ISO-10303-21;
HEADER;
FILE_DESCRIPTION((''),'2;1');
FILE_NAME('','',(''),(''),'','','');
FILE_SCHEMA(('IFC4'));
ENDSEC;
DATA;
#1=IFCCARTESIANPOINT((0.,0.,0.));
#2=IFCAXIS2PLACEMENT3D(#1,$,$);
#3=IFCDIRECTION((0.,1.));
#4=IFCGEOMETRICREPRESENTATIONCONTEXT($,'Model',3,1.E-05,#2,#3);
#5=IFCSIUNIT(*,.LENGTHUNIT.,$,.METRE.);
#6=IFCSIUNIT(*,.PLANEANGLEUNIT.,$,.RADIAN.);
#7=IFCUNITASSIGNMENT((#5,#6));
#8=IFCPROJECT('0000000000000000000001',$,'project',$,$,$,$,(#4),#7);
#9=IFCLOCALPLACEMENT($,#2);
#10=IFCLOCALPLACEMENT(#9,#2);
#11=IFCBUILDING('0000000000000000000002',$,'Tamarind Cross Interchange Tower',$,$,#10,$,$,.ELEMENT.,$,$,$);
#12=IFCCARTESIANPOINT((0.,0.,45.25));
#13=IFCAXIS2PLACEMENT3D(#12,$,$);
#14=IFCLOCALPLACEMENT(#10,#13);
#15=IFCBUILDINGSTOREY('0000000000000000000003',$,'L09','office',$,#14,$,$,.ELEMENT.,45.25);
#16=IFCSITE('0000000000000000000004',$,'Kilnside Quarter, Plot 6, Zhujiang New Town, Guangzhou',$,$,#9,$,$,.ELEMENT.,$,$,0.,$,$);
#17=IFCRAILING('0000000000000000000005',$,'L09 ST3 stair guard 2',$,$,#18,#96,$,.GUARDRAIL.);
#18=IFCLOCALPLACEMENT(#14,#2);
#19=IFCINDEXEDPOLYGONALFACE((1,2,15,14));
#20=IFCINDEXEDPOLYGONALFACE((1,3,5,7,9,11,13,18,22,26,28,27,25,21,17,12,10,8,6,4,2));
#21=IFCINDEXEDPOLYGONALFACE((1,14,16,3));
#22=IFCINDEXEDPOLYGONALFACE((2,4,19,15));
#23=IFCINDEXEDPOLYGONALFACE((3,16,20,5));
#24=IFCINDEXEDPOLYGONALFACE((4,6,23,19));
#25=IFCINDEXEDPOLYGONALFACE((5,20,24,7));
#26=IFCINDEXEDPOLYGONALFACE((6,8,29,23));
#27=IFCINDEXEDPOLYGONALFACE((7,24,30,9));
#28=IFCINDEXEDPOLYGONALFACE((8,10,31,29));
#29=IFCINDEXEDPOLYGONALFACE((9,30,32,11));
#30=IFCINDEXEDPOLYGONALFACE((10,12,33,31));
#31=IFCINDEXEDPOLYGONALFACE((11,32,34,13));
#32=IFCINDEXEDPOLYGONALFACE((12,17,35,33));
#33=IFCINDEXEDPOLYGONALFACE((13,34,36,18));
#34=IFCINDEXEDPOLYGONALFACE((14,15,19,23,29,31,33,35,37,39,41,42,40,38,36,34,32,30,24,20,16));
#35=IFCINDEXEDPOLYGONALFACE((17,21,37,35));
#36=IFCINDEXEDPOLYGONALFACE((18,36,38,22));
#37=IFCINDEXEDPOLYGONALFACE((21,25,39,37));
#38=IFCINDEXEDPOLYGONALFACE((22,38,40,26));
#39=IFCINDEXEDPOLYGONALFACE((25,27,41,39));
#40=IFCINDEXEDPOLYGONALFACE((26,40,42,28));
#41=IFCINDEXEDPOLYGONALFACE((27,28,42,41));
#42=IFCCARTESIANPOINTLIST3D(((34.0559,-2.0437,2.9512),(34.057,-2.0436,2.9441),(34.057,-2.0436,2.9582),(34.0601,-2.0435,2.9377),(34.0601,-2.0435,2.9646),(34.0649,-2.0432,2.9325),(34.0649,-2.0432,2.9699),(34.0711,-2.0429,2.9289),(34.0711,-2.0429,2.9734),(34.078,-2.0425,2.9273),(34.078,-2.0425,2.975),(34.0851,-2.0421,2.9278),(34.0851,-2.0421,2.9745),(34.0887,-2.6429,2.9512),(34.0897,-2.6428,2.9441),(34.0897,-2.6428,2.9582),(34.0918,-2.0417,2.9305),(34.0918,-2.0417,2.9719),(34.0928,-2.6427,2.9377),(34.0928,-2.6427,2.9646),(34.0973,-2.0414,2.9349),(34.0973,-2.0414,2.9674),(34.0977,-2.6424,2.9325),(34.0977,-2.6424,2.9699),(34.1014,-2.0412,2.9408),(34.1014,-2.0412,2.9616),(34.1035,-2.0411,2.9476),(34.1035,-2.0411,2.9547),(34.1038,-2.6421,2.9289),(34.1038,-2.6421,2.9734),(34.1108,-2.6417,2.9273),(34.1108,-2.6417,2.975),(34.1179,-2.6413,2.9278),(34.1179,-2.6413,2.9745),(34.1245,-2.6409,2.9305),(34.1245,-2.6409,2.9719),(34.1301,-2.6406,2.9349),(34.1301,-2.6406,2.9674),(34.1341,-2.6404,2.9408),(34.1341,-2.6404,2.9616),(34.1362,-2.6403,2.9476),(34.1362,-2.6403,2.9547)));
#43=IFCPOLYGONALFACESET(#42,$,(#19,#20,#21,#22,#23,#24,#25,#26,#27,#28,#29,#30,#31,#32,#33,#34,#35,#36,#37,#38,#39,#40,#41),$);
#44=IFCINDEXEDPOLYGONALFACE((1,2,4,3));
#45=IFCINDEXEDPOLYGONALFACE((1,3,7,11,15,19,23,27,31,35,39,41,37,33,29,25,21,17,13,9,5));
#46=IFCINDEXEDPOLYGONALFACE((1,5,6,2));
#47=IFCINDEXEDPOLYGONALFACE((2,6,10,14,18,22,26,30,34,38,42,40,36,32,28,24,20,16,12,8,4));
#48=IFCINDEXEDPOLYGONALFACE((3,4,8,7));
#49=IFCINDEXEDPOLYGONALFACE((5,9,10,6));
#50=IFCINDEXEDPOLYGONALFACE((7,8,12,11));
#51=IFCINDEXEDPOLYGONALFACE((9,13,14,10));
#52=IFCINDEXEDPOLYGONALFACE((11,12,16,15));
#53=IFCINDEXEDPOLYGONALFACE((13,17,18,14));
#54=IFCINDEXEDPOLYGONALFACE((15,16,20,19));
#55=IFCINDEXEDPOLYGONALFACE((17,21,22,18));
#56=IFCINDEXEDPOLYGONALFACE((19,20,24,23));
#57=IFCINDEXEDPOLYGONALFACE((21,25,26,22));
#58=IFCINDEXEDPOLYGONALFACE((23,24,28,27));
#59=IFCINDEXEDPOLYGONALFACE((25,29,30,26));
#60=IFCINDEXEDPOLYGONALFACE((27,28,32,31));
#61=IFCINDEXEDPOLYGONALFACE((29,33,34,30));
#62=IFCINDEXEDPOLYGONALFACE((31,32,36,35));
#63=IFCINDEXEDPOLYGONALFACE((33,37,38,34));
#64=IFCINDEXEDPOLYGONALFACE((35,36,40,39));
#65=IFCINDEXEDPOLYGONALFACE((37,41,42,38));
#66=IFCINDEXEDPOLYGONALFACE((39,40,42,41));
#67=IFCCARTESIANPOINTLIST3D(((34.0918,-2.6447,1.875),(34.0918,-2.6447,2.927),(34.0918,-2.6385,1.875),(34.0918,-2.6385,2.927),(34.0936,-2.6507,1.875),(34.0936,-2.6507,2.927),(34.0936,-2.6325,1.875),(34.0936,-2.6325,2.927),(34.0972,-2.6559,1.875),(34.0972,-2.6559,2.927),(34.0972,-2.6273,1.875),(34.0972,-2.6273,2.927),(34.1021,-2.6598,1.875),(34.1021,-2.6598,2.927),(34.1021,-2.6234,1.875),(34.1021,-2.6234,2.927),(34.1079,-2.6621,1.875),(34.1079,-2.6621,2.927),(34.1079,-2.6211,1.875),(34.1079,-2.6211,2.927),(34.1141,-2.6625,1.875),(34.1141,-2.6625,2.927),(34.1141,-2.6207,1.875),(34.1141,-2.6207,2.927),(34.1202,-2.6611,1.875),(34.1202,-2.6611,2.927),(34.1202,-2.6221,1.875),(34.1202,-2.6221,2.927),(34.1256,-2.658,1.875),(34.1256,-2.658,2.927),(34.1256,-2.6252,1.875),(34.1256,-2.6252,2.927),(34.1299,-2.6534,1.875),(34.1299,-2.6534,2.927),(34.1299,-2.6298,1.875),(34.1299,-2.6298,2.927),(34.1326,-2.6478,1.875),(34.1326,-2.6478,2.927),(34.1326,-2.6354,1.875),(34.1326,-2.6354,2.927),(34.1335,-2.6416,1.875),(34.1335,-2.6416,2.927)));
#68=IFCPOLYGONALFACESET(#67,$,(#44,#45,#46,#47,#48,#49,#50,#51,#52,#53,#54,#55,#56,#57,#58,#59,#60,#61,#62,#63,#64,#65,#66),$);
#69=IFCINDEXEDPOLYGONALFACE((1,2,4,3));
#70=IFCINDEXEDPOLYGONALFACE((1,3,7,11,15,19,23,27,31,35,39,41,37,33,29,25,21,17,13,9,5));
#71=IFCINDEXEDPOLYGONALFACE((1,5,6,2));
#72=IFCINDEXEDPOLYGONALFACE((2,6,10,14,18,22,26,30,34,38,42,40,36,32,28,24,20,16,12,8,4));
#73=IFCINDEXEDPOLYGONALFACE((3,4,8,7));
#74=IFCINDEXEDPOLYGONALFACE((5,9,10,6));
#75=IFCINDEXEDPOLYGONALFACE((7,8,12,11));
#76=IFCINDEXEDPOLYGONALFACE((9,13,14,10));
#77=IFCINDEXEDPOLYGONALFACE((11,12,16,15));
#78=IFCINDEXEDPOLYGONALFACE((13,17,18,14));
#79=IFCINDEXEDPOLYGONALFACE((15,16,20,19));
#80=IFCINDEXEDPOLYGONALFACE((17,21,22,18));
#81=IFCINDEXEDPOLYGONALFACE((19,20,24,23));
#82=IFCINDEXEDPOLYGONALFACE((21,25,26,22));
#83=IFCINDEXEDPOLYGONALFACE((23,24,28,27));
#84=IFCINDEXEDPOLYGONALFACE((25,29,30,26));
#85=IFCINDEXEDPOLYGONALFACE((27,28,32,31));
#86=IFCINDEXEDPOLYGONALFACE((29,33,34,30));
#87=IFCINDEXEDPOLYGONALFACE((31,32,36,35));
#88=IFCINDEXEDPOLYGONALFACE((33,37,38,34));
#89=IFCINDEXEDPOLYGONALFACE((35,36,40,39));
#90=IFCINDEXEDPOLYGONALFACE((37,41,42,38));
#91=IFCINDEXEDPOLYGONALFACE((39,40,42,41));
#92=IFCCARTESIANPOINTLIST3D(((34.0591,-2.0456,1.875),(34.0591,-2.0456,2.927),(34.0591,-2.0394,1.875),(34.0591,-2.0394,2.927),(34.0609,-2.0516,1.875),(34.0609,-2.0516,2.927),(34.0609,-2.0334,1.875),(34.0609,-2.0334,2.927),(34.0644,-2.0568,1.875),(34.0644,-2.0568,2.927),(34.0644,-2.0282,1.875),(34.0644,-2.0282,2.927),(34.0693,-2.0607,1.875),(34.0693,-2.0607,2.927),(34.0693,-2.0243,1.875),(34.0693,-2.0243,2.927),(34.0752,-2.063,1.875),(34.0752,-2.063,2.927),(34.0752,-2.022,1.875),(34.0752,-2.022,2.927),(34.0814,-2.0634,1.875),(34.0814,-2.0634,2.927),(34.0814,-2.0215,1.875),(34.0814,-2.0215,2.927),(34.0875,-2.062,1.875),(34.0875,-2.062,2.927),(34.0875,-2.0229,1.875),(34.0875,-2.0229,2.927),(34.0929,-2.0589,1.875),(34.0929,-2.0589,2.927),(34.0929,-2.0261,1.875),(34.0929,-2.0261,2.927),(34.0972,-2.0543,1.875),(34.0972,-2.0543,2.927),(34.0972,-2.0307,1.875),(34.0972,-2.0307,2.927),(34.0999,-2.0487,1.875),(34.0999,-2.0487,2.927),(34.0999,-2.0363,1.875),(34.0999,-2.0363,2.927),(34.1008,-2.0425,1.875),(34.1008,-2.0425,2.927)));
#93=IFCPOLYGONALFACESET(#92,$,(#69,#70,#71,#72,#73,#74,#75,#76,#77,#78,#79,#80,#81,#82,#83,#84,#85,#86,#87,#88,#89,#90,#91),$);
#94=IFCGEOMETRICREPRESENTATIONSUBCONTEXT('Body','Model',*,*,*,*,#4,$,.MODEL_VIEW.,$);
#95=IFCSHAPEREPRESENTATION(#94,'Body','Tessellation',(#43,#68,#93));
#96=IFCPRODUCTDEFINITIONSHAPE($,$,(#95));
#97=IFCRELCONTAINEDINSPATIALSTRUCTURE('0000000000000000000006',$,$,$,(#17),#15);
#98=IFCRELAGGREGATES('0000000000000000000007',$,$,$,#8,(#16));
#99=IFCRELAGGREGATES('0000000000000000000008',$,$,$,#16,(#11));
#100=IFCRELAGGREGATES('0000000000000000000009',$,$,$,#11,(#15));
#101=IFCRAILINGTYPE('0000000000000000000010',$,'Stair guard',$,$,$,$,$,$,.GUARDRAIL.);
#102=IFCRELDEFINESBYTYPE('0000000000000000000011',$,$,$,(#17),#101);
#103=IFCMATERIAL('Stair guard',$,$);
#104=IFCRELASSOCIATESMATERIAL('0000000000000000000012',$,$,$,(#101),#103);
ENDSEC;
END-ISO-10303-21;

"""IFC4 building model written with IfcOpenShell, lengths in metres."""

from ifc_helpers import new_model, si_unit, direction, frame, origin, origin_2d, place, context, subcontext, project, spatial, circle, extrude, material, type_object, element, save


model = new_model("IFC4")

# Units and contexts
model_context = context("Model", 3, precision=1e-05, world=origin(), true_north=direction((0.0, 1.0)))
body_context = subcontext(model_context, "Body", "Model", "MODEL_VIEW")
ifc_project = project(units=[si_unit("LENGTHUNIT", "METRE"), si_unit("PLANEANGLEUNIT", "RADIAN")], contexts=[model_context])

# Site, building, storey
site_placement = place(None, origin())
site = spatial("IfcSite", under=ifc_project, at=site_placement, Name="Kilnside Quarter, Plot 6, Zhujiang New Town, Guangzhou", CompositionType="ELEMENT", RefElevation=0.0)
building_placement = place(site_placement, origin())
building = spatial("IfcBuilding", under=site, at=building_placement, Name="Tamarind Cross Interchange Tower", CompositionType="ELEMENT")
storey_placement = place(building_placement, frame((0.0, 0.0, 45.25)))
storey = spatial("IfcBuildingStorey", under=building, at=storey_placement, Name="L09", Description="office", CompositionType="ELEMENT", Elevation=45.25)

# Railing
ifc_material_1 = material(Name="Stair guard")
railing_type_1 = type_object("IfcRailingType", Name="Stair guard", PredefinedType="GUARDRAIL", material=ifc_material_1)
railing_1_placement = place(storey_placement, frame((34.1125, -2.6416, 1.875)))
element("IfcRailing", 1, at=railing_1_placement, inside=storey, type_object=railing_type_1, Name="L09 ST3 stair guard 2", PredefinedType="GUARDRAIL", context=body_context, shape_type="SweptSolid", body=[
    extrude(circle(Radius=0.0239, at=origin_2d()), frame((0.0, 0.0, 1.0762), z_axis=(-0.054524, 0.998512, 0.0), x_axis=(-0.998512, -0.054524, 0.0)), (0.0, 0.0, 1.0), 0.6001),
    extrude(circle(Radius=0.021, at=origin_2d()), origin(), (0.0, 0.0, 1.0), 1.052),
    extrude(circle(Radius=0.021, at=origin_2d()), frame((-0.0327, 0.5991, 0.0)), (0.0, 0.0, 1.0), 1.052),
])

save(model, "model.ifc")
